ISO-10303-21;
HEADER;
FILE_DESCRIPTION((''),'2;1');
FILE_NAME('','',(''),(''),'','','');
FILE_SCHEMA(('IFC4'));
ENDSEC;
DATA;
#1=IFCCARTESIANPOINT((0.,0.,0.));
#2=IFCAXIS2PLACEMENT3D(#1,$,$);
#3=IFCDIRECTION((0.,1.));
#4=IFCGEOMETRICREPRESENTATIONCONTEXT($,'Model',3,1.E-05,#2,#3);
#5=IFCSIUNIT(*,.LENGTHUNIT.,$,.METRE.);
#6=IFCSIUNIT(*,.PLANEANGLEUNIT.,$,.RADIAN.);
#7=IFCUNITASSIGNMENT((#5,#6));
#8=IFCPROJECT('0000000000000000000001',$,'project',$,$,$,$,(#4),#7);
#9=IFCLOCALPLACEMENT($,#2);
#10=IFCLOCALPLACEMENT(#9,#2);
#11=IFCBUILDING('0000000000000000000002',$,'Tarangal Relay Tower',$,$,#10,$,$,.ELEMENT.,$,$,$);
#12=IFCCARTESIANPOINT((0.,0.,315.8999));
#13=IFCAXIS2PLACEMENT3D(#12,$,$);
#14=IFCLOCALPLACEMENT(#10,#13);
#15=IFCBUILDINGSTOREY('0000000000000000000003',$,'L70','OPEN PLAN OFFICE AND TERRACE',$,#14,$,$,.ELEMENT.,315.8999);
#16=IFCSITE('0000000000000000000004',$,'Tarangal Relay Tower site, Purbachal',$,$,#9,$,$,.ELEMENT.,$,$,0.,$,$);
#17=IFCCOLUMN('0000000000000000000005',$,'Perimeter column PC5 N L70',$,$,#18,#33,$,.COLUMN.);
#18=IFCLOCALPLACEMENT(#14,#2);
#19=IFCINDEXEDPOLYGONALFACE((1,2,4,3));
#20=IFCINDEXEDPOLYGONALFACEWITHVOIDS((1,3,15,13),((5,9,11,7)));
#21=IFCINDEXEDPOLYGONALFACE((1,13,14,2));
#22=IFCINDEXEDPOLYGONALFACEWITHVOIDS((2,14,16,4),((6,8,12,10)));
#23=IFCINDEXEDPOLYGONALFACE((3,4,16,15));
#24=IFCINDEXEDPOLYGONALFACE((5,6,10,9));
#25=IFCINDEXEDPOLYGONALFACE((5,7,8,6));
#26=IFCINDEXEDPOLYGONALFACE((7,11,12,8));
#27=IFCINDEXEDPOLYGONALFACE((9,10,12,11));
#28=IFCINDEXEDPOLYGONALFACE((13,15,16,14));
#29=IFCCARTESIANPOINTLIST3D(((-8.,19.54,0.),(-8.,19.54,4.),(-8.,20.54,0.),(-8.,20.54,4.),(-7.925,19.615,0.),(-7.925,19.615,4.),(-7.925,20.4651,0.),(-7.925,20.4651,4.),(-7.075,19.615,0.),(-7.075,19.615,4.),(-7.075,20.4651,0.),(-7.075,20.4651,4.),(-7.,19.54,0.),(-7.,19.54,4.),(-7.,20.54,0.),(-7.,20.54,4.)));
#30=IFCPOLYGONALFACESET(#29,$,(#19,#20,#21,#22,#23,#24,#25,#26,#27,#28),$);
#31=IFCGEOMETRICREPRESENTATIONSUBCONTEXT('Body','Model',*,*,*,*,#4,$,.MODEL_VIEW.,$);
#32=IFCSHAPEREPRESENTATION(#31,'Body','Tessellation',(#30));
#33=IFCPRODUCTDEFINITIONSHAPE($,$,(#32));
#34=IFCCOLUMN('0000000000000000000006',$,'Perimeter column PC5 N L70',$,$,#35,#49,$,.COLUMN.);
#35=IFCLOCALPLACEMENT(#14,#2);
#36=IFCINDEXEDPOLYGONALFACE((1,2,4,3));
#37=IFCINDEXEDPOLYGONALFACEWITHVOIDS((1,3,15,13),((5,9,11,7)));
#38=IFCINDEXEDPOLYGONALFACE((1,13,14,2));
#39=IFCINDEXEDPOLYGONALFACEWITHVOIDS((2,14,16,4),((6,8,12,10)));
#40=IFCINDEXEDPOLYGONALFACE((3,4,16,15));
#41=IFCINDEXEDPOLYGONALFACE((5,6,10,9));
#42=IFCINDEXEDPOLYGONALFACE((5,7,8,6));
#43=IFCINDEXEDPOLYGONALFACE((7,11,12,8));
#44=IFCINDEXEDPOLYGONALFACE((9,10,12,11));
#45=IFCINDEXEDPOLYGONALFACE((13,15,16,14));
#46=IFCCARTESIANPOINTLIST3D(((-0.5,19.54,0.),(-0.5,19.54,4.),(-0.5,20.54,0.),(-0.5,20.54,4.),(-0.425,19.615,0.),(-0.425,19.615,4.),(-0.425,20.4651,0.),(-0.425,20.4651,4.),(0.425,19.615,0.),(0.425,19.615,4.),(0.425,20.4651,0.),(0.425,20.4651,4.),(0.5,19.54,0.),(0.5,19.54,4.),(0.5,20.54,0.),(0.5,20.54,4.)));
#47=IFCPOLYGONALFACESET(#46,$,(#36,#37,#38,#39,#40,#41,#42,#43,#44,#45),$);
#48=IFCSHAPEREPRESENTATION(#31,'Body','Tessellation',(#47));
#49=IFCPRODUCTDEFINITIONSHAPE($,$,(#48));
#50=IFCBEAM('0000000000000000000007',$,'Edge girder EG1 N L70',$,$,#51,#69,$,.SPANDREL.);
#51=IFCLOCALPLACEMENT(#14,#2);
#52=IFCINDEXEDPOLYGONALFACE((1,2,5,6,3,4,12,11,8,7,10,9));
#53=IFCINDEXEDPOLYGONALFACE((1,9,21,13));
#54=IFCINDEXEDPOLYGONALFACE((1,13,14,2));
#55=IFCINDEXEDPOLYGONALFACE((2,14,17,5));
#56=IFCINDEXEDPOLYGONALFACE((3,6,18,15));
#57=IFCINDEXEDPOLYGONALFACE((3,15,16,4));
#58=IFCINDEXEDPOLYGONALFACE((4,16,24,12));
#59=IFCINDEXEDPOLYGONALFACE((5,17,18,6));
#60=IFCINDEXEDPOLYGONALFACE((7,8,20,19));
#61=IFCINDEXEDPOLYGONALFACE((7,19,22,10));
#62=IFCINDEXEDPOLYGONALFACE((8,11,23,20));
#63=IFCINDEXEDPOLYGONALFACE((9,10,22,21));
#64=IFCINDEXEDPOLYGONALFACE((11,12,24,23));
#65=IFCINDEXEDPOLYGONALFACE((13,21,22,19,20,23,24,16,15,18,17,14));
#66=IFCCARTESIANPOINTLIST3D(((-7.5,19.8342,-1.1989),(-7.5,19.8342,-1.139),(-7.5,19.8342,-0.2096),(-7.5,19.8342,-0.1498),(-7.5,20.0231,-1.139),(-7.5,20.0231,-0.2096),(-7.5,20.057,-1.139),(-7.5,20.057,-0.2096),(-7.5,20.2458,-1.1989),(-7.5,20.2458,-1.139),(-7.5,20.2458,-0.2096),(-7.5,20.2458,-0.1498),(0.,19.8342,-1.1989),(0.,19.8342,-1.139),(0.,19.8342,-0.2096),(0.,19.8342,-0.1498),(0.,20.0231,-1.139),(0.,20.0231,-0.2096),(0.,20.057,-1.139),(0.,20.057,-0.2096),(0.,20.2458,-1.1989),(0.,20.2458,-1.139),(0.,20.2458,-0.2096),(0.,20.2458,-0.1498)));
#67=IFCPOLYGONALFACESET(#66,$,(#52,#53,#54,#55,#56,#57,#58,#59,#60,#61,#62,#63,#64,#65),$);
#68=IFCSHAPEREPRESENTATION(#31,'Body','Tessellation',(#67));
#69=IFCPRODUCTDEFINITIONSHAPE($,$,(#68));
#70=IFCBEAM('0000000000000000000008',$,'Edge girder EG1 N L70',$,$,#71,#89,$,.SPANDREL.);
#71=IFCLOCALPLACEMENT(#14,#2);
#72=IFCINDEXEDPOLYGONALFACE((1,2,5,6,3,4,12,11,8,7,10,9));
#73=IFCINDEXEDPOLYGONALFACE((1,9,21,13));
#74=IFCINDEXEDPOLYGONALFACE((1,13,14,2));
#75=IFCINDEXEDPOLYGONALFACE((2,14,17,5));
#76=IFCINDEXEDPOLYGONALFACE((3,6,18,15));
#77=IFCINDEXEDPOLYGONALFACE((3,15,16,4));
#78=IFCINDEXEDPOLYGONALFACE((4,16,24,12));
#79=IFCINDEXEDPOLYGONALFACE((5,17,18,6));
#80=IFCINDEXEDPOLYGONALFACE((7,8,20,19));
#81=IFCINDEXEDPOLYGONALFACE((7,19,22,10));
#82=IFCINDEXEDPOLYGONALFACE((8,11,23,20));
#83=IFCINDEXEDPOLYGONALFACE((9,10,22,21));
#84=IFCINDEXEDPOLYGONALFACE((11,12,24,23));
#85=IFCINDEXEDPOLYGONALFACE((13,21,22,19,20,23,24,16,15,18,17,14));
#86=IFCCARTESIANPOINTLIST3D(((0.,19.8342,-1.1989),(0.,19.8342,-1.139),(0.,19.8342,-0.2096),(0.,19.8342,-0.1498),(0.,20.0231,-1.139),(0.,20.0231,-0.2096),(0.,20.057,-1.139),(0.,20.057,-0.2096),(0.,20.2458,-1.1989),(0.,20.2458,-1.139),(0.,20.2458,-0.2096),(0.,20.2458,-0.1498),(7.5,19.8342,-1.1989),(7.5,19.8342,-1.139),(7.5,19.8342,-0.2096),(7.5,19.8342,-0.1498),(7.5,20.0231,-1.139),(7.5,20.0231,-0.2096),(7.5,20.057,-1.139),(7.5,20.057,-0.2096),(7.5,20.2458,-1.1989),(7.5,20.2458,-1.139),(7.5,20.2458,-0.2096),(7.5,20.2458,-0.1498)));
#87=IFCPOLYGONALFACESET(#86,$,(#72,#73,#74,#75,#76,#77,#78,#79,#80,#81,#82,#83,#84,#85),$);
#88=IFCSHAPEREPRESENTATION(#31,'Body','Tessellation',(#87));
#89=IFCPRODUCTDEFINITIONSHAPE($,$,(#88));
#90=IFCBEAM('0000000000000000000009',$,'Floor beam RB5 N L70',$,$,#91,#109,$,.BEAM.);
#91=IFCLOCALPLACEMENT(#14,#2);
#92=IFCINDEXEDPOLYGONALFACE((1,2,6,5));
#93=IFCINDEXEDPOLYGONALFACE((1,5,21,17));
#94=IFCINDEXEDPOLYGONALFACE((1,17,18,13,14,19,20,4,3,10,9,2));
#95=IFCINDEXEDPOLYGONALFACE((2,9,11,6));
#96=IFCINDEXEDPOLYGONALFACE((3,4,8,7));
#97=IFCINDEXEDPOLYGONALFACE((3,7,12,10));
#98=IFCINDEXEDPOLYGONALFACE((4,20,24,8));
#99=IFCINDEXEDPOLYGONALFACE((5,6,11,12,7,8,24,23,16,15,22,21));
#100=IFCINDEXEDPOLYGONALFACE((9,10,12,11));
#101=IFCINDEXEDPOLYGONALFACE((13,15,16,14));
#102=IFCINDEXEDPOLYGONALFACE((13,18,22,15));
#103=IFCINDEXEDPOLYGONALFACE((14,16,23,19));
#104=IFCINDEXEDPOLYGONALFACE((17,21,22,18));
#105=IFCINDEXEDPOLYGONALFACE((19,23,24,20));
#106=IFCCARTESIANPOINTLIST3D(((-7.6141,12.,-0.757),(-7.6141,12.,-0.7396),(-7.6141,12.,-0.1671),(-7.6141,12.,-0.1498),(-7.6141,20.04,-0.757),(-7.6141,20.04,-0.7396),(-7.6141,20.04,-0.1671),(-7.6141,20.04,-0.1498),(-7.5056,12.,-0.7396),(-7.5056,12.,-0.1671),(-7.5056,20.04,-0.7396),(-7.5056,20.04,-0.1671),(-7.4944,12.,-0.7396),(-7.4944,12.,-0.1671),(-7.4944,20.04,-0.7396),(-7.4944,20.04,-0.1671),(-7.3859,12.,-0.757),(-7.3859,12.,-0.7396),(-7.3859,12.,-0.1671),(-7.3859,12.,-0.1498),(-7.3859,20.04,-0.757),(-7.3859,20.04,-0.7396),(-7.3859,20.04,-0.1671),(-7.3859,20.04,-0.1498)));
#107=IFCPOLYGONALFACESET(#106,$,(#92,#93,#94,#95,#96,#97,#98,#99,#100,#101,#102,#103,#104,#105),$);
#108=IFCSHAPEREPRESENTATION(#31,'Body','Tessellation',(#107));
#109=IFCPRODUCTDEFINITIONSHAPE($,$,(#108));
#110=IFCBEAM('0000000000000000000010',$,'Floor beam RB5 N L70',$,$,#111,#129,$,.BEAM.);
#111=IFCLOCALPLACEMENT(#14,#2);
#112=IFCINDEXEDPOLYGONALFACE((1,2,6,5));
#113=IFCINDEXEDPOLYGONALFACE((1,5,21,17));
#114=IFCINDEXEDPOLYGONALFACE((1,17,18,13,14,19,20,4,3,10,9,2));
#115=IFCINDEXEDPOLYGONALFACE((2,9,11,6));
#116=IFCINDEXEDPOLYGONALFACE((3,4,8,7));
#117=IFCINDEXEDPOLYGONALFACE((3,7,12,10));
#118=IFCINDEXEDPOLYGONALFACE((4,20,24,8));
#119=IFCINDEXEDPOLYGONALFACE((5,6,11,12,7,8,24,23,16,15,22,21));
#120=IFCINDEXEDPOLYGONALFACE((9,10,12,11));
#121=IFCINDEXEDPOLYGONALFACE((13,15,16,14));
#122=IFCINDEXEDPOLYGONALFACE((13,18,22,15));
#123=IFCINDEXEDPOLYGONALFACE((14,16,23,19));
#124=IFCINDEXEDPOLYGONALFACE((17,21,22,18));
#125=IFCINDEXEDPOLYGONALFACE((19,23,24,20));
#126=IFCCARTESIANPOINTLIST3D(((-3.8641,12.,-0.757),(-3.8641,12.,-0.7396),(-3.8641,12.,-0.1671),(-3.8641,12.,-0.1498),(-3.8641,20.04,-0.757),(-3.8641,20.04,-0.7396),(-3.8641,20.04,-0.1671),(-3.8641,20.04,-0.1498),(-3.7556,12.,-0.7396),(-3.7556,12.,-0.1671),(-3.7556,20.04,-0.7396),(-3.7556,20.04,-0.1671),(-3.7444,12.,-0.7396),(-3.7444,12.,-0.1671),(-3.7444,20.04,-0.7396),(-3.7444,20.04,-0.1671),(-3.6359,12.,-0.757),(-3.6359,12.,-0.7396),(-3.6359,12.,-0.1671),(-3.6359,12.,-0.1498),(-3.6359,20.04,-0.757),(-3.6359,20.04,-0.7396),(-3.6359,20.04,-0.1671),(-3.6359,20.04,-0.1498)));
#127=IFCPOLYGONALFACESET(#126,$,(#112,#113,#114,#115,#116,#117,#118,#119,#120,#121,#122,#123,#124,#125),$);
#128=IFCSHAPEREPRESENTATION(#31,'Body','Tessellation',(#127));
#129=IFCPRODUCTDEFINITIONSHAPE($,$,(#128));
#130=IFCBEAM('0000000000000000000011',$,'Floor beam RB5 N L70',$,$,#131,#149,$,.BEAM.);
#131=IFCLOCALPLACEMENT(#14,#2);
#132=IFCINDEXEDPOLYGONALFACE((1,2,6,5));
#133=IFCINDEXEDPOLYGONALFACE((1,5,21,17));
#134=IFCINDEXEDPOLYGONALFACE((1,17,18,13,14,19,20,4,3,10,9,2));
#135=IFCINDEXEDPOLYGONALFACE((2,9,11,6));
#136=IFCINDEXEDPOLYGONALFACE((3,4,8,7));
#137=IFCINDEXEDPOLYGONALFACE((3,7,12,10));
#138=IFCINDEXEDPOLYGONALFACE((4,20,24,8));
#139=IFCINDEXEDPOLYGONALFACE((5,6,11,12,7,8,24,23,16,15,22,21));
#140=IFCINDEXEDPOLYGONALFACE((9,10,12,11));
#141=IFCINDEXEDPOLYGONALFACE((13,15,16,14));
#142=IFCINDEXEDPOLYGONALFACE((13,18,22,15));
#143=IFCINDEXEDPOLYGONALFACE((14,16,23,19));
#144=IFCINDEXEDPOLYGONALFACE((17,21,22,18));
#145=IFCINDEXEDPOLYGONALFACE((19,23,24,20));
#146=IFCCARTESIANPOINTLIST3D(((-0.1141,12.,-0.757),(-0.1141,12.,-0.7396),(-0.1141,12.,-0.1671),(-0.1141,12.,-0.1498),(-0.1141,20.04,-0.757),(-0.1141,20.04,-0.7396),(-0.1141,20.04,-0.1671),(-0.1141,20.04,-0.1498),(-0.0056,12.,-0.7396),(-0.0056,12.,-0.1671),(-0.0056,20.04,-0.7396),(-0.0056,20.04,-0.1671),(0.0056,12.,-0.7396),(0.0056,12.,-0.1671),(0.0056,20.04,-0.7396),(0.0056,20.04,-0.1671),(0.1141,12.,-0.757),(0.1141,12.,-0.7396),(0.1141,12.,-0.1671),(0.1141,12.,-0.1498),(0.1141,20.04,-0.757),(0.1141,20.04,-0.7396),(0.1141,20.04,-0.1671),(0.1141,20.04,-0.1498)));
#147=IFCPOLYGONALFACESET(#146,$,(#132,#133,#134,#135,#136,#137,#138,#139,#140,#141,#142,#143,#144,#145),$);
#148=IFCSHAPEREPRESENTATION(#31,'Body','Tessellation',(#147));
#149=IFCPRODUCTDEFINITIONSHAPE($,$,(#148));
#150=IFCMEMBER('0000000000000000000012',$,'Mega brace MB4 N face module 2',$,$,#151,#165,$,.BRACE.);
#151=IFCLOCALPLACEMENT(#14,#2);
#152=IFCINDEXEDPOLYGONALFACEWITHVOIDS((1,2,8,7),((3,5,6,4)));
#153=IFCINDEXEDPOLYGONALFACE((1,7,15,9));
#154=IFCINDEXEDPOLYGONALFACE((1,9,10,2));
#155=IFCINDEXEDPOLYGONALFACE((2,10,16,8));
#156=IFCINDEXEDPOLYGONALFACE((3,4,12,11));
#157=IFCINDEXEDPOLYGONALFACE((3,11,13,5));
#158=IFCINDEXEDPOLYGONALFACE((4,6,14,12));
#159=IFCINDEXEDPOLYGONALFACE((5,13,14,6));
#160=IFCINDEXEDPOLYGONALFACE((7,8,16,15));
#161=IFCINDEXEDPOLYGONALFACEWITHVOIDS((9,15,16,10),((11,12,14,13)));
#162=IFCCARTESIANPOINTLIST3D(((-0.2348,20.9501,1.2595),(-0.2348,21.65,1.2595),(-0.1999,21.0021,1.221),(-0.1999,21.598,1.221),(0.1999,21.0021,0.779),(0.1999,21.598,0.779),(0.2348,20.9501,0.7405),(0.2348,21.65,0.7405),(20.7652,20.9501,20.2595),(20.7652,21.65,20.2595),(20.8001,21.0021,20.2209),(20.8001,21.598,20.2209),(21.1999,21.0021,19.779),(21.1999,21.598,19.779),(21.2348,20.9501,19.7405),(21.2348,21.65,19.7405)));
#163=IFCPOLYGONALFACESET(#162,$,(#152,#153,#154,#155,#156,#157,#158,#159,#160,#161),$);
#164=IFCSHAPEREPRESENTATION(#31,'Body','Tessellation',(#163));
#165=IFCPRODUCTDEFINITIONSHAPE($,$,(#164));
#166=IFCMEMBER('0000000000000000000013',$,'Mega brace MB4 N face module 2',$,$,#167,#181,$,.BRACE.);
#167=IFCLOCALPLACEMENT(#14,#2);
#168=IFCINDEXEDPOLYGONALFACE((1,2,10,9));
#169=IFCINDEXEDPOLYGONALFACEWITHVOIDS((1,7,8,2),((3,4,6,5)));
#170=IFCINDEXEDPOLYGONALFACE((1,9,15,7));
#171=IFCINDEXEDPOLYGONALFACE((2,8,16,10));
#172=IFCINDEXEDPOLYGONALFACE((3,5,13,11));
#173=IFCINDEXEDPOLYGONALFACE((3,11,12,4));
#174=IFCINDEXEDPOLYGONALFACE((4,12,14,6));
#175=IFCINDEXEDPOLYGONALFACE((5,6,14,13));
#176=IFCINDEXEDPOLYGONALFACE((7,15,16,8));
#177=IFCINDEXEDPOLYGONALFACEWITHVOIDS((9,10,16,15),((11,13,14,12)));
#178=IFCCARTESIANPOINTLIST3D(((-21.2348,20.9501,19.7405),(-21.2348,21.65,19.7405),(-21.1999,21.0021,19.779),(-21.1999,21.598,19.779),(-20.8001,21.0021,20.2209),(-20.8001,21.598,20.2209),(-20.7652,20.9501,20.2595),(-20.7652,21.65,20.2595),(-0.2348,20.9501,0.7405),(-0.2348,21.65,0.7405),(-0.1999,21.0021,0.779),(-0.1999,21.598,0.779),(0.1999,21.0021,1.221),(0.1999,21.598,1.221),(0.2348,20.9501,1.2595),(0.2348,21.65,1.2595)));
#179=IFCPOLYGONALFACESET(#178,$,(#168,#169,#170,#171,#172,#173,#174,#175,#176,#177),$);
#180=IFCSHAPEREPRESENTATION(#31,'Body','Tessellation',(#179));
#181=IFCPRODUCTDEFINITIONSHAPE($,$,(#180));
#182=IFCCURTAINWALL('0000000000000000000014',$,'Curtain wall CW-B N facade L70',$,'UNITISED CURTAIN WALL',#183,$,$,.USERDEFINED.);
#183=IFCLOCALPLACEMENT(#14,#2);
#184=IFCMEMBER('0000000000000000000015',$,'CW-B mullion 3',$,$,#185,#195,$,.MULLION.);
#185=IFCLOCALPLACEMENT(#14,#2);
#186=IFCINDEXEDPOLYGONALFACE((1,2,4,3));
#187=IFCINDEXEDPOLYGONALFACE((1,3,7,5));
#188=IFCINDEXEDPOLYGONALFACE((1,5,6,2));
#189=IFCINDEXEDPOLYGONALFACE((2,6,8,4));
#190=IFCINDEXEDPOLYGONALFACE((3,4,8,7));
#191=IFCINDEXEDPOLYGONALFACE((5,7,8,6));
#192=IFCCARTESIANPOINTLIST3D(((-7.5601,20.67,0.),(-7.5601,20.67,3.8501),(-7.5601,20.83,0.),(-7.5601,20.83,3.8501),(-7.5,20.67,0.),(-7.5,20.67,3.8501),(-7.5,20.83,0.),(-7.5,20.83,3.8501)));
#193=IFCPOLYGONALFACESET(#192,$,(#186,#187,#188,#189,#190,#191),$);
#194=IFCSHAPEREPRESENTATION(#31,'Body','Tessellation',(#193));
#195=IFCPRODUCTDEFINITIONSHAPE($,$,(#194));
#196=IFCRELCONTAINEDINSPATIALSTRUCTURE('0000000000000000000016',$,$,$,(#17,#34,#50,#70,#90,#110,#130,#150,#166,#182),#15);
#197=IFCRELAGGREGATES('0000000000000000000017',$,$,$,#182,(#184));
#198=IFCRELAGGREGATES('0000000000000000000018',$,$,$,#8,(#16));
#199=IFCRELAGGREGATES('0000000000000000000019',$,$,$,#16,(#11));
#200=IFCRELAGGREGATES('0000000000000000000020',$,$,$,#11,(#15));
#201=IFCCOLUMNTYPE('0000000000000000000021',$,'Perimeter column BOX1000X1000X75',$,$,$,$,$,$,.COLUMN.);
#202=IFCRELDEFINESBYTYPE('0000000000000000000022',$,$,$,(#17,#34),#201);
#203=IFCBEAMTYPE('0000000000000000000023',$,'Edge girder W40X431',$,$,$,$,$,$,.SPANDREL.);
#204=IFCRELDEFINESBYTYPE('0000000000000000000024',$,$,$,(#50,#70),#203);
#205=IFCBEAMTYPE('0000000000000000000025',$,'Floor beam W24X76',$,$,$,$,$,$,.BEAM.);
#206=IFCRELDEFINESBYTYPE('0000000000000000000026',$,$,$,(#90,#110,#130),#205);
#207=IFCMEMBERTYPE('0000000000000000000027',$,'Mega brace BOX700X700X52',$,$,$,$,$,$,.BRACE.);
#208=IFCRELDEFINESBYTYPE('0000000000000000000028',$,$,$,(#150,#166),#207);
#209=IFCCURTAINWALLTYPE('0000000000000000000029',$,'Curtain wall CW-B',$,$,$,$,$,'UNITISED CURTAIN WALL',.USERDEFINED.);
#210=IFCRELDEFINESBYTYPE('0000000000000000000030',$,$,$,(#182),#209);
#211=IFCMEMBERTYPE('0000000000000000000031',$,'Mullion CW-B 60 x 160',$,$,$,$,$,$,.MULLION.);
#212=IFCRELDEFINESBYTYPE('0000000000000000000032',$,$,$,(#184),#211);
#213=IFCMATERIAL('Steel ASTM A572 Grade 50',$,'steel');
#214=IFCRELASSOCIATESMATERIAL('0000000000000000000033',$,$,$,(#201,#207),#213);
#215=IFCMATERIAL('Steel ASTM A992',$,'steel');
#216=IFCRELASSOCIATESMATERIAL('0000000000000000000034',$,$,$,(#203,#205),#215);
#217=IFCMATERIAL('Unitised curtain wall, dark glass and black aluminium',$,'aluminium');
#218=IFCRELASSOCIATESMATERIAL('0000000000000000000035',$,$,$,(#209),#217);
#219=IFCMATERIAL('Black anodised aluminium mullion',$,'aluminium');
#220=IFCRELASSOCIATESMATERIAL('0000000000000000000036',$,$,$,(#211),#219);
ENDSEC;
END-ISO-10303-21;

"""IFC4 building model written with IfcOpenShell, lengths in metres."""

from ifc_helpers import new_model, si_unit, direction, frame, origin, origin_2d, place, context, subcontext, project, spatial, rectangle, hollow_rectangle, i_section, extrude, material, material_profile, profile_set, type_object, element, aggregate, save


model = new_model("IFC4")

# Units and contexts
model_context = context("Model", 3, precision=1e-05, world=origin(), true_north=direction((0.0, 1.0)))
body_context = subcontext(model_context, "Body", "Model", "MODEL_VIEW")
ifc_project = project(units=[si_unit("LENGTHUNIT", "METRE"), si_unit("PLANEANGLEUNIT", "RADIAN")], contexts=[model_context])

# Site, building, storey
site_placement = place(None, origin())
site = spatial("IfcSite", under=ifc_project, at=site_placement, Name="Tarangal Relay Tower site, Purbachal", CompositionType="ELEMENT", RefElevation=0.0)
building_placement = place(site_placement, origin())
building = spatial("IfcBuilding", under=site, at=building_placement, Name="Tarangal Relay Tower", CompositionType="ELEMENT")
storey_placement = place(building_placement, frame((0.0, 0.0, 315.8999)))
storey = spatial("IfcBuildingStorey", under=building, at=storey_placement, Name="L70", Description="OPEN PLAN OFFICE AND TERRACE", CompositionType="ELEMENT", Elevation=315.8999)

# Columns
ifc_material_1 = material(Name="Steel ASTM A572 Grade 50", Category="steel")
ifc_material_profile_1 = material_profile(ifc_material_1, hollow_rectangle(XDim=1.0, YDim=1.0, WallThickness=0.075, at=origin_2d()), Name="BOX1000X1000X75")
ifc_profile_set_1 = profile_set([ifc_material_profile_1], Name="Steel ASTM A572 Grade 50")
column_type = type_object("IfcColumnType", Name="Perimeter column BOX1000X1000X75", PredefinedType="COLUMN", material=ifc_profile_set_1)
for number, where, z_axis, x_axis, name in (
    (1, (-7.5, 20.04, 0.0), (0.0, 0.0, 1.0), (1.0, 0.0, 0.0), "Perimeter column PC5 N L70"),
    (2, (0.0, 20.04, 0.0), (0.0, 0.0, 1.0), (1.0, 0.0, 0.0), "Perimeter column PC5 N L70"),
):
    element("IfcColumn", number, at=place(storey_placement, frame(where, z_axis=z_axis, x_axis=x_axis)), inside=storey, type_object=column_type, Name=name, PredefinedType="COLUMN", context=body_context, shape_type="SweptSolid", body=[
        extrude(hollow_rectangle(XDim=1.0, YDim=1.0, WallThickness=0.075, at=origin_2d()), origin(), (0.0, 0.0, 1.0), 4.0),
    ])

# Beams
ifc_material_2 = material(Name="Steel ASTM A992", Category="steel")
ifc_material_profile_2 = material_profile(ifc_material_2, i_section(OverallWidth=0.4116, OverallDepth=1.0491, WebThickness=0.0339, FlangeThickness=0.0598, at=origin_2d()), Name="W40X431")
ifc_profile_set_2 = profile_set([ifc_material_profile_2], Name="Steel ASTM A992")
beam_type_1 = type_object("IfcBeamType", Name="Edge girder W40X431", PredefinedType="SPANDREL", material=ifc_profile_set_2)
for number, where, z_axis, x_axis, name in (
    (3, (-7.5, 20.04, -0.6743), (1.0, 0.0, 0.0), (0.0, 1.0, 0.0), "Edge girder EG1 N L70"),
    (4, (0.0, 20.04, -0.6743), (1.0, 0.0, 0.0), (0.0, 1.0, 0.0), "Edge girder EG1 N L70"),
):
    element("IfcBeam", number, at=place(storey_placement, frame(where, z_axis=z_axis, x_axis=x_axis)), inside=storey, type_object=beam_type_1, Name=name, PredefinedType="SPANDREL", context=body_context, shape_type="SweptSolid", body=[
        extrude(i_section(OverallWidth=0.4116, OverallDepth=1.0491, WebThickness=0.0339, FlangeThickness=0.0598, at=origin_2d()), origin(), (0.0, 0.0, 1.0), 7.5),
    ])
ifc_material_profile_3 = material_profile(ifc_material_2, i_section(OverallWidth=0.2283, OverallDepth=0.6072, WebThickness=0.0112, FlangeThickness=0.0173, at=origin_2d()), Name="W24X76")
ifc_profile_set_3 = profile_set([ifc_material_profile_3], Name="Steel ASTM A992")
beam_type_2 = type_object("IfcBeamType", Name="Floor beam W24X76", PredefinedType="BEAM", material=ifc_profile_set_3)
for number, where, z_axis, x_axis, name in (
    (5, (-7.5, 12.0, -0.4534), (0.0, 1.0, 0.0), (-1.0, 0.0, 0.0), "Floor beam RB5 N L70"),
    (6, (-3.75, 12.0, -0.4534), (0.0, 1.0, 0.0), (-1.0, 0.0, 0.0), "Floor beam RB5 N L70"),
    (7, (0.0, 12.0, -0.4534), (0.0, 1.0, 0.0), (-1.0, 0.0, 0.0), "Floor beam RB5 N L70"),
):
    element("IfcBeam", number, at=place(storey_placement, frame(where, z_axis=z_axis, x_axis=x_axis)), inside=storey, type_object=beam_type_2, Name=name, PredefinedType="BEAM", context=body_context, shape_type="SweptSolid", body=[
        extrude(i_section(OverallWidth=0.2283, OverallDepth=0.6072, WebThickness=0.0112, FlangeThickness=0.0173, at=origin_2d()), origin(), (0.0, 0.0, 1.0), 8.04),
    ])

# Members
ifc_material_profile_4 = material_profile(ifc_material_1, hollow_rectangle(XDim=0.7, YDim=0.7, WallThickness=0.052, at=origin_2d()), Name="BOX700X700X52")
ifc_profile_set_4 = profile_set([ifc_material_profile_4], Name="Steel ASTM A572 Grade 50")
member_type_1 = type_object("IfcMemberType", Name="Mega brace BOX700X700X52", PredefinedType="BRACE", material=ifc_profile_set_4)
for number, where, z_axis, x_axis, name in (
    (8, (0.0, 21.3, 1.0), (0.741536, 0.0, 0.670913), (0.0, 1.0, 0.0), "Mega brace MB4 N face module 2"),
    (9, (0.0, 21.3, 1.0), (-0.741536, 0.0, 0.670913), (0.0, -1.0, 0.0), "Mega brace MB4 N face module 2"),
):
    element("IfcMember", number, at=place(storey_placement, frame(where, z_axis=z_axis, x_axis=x_axis)), inside=storey, type_object=member_type_1, Name=name, PredefinedType="BRACE", context=body_context, shape_type="SweptSolid", body=[
        extrude(hollow_rectangle(XDim=0.7, YDim=0.7, WallThickness=0.052, at=origin_2d()), origin(), (0.0, 0.0, 1.0), 28.3196),
    ])

# Curtain wall, member
ifc_material_3 = material(Name="Unitised curtain wall, dark glass and black aluminium", Category="aluminium")
curtain_wall_type_1 = type_object("IfcCurtainWallType", Name="Curtain wall CW-B", ElementType="UNITISED CURTAIN WALL", PredefinedType="USERDEFINED", material=ifc_material_3)
curtain_wall_1_placement = place(storey_placement, origin())
curtain_wall_1 = element("IfcCurtainWall", 10, at=curtain_wall_1_placement, inside=storey, type_object=curtain_wall_type_1, Name="Curtain wall CW-B N facade L70", ObjectType="UNITISED CURTAIN WALL", PredefinedType="USERDEFINED")
ifc_material_4 = material(Name="Black anodised aluminium mullion", Category="aluminium")
ifc_material_profile_5 = material_profile(ifc_material_4, rectangle(XDim=0.1599, YDim=0.0601, at=origin_2d()), Name="CW-BM 60X160")
ifc_profile_set_5 = profile_set([ifc_material_profile_5], Name="Black anodised aluminium mullion")
member_type_2 = type_object("IfcMemberType", Name="Mullion CW-B 60 x 160", PredefinedType="MULLION", material=ifc_profile_set_5)
member_1_placement = place(storey_placement, frame((-7.53, 20.75, 0.0), z_axis=(0.0, 0.0, 1.0), x_axis=(0.0, 1.0, 0.0)))
member_1 = element("IfcMember", 11, at=member_1_placement, type_object=member_type_2, Name="CW-B mullion 3", PredefinedType="MULLION", context=body_context, shape_type="SweptSolid", body=[
    extrude(rectangle(XDim=0.1599, YDim=0.0601, at=origin_2d()), origin(), (0.0, 0.0, 1.0), 3.8501),
])

aggregate(curtain_wall_1, [member_1])

save(model, "model.ifc")
